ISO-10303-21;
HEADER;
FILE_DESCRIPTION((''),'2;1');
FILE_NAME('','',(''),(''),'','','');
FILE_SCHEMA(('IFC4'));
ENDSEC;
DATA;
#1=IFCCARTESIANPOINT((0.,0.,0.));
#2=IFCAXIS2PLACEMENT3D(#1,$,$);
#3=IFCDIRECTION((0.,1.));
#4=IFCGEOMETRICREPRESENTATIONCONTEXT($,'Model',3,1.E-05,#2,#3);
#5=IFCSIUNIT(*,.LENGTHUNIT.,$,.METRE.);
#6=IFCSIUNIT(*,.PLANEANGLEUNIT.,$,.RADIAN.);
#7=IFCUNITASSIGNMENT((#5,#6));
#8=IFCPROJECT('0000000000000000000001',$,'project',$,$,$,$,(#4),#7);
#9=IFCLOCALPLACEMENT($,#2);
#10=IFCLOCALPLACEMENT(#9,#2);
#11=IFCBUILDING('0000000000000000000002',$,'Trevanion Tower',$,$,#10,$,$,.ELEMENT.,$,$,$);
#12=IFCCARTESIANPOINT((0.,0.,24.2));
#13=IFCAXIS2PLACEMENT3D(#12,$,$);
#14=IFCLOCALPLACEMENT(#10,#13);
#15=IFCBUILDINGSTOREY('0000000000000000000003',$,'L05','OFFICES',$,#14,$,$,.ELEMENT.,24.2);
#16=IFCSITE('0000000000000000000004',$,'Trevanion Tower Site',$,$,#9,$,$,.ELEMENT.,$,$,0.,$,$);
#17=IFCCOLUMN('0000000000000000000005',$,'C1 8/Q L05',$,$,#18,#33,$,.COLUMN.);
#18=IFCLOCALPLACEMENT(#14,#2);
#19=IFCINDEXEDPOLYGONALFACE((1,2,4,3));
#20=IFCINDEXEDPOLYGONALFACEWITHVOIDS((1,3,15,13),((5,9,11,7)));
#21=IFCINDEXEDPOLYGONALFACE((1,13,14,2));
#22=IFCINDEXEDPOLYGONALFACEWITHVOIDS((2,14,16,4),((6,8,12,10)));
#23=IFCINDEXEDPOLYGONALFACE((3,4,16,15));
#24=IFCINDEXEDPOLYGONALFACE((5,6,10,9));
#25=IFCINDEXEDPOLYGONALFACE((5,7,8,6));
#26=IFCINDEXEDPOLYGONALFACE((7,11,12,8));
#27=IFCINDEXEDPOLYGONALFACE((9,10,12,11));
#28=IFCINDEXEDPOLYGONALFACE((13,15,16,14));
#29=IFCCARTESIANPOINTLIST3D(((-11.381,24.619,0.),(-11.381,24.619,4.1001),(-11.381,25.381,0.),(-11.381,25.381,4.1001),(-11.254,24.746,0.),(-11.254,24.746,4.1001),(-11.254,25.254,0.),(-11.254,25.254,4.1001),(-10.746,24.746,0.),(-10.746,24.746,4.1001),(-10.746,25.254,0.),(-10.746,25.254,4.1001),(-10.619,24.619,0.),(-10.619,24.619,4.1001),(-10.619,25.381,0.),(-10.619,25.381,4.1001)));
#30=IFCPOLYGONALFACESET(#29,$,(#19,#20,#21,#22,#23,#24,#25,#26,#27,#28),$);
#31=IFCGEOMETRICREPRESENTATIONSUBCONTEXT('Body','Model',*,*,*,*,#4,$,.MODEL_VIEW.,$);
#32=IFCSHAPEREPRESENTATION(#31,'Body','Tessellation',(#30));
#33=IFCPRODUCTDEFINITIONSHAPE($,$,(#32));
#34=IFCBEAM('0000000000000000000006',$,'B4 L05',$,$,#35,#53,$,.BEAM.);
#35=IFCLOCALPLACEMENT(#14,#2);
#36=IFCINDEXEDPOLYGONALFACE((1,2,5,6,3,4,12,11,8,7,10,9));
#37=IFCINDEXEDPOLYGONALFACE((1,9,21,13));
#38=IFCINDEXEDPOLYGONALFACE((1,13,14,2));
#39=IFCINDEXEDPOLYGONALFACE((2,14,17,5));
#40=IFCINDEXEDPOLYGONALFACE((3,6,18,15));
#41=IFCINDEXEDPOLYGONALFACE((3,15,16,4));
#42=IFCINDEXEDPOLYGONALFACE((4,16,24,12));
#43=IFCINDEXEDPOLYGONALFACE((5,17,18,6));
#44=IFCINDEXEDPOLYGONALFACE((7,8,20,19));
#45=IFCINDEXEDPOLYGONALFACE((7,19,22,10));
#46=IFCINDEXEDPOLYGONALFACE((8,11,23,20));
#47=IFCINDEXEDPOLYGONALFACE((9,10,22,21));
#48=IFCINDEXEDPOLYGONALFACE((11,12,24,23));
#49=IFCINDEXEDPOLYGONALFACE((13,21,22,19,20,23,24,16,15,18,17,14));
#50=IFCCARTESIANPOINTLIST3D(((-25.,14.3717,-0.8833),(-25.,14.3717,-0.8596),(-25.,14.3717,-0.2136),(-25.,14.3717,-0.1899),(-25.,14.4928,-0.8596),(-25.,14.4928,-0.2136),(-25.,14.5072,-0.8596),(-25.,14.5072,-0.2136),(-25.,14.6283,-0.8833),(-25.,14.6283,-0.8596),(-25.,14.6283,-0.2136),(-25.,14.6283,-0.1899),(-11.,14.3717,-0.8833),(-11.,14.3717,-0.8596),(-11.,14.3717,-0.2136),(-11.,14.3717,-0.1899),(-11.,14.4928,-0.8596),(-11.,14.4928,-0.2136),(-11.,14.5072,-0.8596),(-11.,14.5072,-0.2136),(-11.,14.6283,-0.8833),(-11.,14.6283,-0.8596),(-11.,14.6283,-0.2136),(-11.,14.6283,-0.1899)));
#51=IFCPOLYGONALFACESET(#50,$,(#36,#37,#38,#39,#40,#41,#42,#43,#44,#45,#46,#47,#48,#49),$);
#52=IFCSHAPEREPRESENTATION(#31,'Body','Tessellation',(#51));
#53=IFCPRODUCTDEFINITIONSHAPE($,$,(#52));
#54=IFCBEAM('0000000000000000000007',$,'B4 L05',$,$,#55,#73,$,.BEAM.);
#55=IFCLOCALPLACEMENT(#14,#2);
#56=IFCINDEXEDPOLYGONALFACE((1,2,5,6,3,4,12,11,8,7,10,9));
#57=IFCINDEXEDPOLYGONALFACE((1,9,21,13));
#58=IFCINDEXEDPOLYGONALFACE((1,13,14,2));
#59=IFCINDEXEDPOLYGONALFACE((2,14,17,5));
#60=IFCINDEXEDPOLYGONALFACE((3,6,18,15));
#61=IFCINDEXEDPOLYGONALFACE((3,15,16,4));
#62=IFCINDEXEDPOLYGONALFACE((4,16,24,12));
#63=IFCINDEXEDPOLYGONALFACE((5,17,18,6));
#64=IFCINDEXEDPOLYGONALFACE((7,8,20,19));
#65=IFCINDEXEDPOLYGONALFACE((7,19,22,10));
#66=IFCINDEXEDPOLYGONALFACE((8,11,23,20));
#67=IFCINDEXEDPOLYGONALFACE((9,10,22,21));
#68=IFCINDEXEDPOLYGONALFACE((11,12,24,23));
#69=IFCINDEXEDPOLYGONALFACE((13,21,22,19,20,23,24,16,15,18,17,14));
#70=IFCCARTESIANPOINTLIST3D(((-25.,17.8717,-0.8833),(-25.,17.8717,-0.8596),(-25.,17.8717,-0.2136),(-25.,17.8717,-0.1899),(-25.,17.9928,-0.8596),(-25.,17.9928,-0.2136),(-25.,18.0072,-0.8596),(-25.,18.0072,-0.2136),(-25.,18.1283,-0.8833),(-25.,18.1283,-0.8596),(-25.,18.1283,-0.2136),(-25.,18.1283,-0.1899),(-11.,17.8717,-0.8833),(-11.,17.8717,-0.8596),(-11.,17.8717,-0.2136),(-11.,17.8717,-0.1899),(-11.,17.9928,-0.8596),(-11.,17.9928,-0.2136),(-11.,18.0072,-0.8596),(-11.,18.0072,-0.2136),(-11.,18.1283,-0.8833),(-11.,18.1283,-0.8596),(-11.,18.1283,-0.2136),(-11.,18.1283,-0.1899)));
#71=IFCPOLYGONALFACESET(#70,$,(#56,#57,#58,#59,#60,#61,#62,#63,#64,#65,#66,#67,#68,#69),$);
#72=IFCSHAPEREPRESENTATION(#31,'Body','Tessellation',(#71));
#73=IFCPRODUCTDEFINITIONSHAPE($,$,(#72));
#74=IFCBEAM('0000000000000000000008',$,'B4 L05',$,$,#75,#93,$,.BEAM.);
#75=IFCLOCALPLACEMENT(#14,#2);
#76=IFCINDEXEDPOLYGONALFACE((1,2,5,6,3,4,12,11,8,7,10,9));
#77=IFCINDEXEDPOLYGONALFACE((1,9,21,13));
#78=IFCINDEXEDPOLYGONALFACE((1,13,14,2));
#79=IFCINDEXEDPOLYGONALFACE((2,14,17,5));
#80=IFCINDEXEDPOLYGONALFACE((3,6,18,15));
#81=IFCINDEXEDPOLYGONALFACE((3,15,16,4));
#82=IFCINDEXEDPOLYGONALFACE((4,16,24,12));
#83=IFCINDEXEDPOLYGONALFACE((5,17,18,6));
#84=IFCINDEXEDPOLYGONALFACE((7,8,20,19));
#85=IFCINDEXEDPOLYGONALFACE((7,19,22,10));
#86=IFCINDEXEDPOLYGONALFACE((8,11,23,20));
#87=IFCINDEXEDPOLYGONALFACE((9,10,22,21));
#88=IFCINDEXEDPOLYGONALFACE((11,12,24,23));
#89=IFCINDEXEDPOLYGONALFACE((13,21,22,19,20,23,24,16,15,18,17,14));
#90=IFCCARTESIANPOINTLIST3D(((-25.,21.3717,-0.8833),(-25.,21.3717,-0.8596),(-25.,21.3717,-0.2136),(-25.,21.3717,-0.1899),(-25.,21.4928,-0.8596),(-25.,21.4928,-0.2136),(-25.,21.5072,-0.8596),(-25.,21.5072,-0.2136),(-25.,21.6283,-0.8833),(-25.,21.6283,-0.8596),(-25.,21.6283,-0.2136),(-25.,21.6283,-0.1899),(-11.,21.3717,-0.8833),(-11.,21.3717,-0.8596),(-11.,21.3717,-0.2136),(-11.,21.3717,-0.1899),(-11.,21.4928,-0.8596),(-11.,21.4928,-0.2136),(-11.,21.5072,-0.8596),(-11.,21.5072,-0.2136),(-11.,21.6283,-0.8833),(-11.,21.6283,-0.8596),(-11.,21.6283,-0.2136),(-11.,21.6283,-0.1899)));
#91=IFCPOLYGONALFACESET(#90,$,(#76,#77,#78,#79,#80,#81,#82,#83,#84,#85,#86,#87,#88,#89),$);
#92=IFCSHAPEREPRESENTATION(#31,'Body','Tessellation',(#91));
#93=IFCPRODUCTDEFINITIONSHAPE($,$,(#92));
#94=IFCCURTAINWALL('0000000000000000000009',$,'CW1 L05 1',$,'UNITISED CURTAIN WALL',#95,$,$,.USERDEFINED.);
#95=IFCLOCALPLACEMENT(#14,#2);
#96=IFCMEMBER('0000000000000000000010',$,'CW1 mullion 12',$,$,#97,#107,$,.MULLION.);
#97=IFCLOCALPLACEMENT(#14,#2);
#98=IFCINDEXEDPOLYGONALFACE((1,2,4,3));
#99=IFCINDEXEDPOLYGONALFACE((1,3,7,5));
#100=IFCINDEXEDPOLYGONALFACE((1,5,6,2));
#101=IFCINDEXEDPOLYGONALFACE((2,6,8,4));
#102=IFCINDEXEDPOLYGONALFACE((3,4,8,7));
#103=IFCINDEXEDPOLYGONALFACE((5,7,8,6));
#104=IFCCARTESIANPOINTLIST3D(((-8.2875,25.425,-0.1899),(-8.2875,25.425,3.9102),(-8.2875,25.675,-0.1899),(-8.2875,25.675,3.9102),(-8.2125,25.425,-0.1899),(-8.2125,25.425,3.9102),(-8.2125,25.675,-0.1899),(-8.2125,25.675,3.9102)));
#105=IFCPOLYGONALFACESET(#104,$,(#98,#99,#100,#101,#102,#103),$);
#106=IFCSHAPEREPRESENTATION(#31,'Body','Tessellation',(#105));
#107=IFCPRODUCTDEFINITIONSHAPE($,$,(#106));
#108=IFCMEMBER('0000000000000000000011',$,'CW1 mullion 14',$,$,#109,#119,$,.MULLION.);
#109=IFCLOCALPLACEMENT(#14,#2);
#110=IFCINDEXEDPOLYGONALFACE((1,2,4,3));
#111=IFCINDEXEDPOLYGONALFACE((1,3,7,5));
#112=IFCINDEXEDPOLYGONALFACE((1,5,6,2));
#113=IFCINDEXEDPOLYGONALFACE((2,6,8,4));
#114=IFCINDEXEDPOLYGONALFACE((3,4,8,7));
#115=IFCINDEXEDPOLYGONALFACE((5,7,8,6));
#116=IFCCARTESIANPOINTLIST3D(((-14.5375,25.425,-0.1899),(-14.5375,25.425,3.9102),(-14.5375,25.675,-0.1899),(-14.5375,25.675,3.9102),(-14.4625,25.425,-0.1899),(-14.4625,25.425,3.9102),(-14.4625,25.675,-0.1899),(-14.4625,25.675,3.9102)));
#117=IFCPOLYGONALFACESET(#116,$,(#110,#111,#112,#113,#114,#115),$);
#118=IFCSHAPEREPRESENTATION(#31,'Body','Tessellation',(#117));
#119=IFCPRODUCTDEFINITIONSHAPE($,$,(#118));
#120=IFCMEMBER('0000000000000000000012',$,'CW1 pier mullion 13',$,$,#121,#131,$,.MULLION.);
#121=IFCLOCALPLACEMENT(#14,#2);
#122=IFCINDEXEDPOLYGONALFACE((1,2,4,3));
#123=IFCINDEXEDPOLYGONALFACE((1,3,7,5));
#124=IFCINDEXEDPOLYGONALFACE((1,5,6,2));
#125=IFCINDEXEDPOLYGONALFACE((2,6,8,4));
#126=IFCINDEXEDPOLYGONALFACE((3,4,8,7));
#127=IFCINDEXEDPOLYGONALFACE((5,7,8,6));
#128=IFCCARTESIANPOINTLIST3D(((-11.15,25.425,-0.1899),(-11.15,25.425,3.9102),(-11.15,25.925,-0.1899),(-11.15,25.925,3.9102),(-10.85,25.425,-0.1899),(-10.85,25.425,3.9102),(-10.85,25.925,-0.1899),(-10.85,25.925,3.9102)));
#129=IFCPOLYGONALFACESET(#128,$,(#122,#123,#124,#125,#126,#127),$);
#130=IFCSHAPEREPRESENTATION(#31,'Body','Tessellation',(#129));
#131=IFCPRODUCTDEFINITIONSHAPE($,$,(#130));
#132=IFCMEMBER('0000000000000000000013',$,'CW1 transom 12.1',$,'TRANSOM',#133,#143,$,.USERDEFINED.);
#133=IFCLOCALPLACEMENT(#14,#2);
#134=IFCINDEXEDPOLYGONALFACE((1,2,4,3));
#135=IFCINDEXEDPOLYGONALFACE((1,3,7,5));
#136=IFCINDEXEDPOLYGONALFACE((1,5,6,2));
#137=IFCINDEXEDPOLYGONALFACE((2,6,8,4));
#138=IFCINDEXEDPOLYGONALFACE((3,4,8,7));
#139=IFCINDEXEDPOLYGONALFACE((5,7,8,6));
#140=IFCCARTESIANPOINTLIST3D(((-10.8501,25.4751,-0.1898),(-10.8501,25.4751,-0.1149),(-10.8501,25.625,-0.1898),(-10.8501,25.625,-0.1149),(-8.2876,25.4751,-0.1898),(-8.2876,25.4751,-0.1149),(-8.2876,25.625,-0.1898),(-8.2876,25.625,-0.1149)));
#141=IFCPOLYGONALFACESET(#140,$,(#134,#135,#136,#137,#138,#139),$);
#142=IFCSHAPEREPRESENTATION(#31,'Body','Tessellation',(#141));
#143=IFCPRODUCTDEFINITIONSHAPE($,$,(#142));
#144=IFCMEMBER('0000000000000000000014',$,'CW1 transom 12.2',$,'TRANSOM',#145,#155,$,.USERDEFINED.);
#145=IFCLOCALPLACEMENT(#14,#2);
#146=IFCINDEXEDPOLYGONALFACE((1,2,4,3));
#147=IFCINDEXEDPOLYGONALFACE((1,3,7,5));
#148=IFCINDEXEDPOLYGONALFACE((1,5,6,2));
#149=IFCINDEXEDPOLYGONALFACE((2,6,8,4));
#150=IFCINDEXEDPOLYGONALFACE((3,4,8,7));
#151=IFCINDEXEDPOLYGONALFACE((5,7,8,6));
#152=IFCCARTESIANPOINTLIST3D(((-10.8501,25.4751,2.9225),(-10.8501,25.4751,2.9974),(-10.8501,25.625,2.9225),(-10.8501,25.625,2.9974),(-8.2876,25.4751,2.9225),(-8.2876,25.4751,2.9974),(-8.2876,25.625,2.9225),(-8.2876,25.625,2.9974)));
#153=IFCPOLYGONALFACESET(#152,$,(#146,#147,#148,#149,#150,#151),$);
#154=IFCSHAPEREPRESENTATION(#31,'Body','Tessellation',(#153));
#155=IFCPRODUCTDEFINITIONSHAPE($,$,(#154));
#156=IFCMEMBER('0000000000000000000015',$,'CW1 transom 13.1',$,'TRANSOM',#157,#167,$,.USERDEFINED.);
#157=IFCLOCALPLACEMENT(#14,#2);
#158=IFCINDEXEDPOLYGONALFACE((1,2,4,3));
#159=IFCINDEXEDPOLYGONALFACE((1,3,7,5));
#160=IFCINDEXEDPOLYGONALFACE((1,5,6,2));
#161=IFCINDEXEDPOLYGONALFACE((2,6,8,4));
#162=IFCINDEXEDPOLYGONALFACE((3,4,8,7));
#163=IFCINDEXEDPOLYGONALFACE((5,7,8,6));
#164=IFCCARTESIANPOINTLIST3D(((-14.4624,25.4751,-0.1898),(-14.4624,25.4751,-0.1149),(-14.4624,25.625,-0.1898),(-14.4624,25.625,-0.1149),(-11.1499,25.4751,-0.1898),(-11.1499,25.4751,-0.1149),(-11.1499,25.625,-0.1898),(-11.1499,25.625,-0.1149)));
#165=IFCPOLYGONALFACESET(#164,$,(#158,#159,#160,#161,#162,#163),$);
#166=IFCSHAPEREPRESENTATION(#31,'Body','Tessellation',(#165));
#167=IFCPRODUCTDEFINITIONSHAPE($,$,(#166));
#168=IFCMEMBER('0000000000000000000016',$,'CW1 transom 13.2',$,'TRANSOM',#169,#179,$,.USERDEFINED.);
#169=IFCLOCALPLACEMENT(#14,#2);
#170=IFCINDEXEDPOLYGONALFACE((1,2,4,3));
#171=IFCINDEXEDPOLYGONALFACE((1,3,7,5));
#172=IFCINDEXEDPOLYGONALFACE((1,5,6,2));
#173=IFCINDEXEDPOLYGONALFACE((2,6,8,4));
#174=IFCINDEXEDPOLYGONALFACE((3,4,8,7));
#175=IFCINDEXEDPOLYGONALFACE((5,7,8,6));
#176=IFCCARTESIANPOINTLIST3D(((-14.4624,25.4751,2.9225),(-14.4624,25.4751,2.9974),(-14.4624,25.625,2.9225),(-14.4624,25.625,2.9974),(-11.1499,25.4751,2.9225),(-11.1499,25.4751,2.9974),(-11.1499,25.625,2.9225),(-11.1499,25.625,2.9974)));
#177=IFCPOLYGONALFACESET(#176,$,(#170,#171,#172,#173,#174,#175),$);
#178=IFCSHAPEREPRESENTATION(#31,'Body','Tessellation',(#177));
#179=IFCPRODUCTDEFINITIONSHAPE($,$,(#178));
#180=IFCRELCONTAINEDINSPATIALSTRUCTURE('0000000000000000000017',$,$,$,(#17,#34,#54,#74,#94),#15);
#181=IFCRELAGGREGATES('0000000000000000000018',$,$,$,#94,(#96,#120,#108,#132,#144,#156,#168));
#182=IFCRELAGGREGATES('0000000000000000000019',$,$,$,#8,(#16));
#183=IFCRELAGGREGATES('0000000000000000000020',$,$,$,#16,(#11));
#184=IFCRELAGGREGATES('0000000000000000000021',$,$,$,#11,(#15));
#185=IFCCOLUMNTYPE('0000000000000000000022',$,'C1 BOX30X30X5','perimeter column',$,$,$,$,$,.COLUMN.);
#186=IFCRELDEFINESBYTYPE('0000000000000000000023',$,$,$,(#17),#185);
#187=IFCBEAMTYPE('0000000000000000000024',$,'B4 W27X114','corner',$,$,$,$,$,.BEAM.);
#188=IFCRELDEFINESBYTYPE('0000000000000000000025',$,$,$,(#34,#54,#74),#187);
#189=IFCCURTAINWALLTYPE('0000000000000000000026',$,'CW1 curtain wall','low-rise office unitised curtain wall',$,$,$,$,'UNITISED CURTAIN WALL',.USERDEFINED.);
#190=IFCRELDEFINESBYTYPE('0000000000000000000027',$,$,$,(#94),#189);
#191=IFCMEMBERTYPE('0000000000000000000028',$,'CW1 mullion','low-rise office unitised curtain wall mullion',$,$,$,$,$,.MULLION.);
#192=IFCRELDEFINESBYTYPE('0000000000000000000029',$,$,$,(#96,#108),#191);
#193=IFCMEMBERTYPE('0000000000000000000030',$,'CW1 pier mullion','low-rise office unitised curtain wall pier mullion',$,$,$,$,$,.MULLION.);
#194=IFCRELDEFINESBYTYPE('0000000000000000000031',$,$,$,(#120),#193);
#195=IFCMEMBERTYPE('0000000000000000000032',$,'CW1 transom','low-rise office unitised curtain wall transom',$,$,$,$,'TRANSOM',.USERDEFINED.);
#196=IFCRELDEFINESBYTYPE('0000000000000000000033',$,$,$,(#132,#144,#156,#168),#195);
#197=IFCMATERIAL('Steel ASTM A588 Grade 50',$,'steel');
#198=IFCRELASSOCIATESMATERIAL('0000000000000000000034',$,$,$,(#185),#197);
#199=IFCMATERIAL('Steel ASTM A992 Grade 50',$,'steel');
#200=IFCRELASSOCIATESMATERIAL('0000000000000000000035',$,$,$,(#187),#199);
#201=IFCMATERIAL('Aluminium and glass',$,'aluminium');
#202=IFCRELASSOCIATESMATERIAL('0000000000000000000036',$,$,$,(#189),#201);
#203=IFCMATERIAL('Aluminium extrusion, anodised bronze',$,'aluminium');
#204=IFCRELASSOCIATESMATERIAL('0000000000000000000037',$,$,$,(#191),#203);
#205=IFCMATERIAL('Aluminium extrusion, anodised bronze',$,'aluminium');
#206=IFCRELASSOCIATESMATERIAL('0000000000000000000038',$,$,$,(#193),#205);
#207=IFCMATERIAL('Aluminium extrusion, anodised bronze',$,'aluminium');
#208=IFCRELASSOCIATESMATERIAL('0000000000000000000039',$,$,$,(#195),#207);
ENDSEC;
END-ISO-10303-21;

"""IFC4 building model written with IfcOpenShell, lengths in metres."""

from ifc_helpers import new_model, si_unit, direction, frame, origin, origin_2d, place, context, subcontext, project, spatial, rectangle, hollow_rectangle, i_section, extrude, material, material_profile, profile_set, type_object, element, aggregate, save


model = new_model("IFC4")

# Units and contexts
model_context = context("Model", 3, precision=1e-05, world=origin(), true_north=direction((0.0, 1.0)))
body_context = subcontext(model_context, "Body", "Model", "MODEL_VIEW")
ifc_project = project(units=[si_unit("LENGTHUNIT", "METRE"), si_unit("PLANEANGLEUNIT", "RADIAN")], contexts=[model_context])

# Site, building, storey
site_placement = place(None, origin())
site = spatial("IfcSite", under=ifc_project, at=site_placement, Name="Trevanion Tower Site", CompositionType="ELEMENT", RefElevation=0.0)
building_placement = place(site_placement, origin())
building = spatial("IfcBuilding", under=site, at=building_placement, Name="Trevanion Tower", CompositionType="ELEMENT")
storey_placement = place(building_placement, frame((0.0, 0.0, 24.2)))
storey = spatial("IfcBuildingStorey", under=building, at=storey_placement, Name="L05", Description="OFFICES", CompositionType="ELEMENT", Elevation=24.2)

# Column
ifc_material_1 = material(Name="Steel ASTM A588 Grade 50", Category="steel")
ifc_material_profile_1 = material_profile(ifc_material_1, hollow_rectangle(XDim=0.762, YDim=0.762, WallThickness=0.127, at=origin_2d()), Name="BOX30X30X5")
ifc_profile_set_1 = profile_set([ifc_material_profile_1], Name="Steel ASTM A588 Grade 50")
column_type = type_object("IfcColumnType", Name="C1 BOX30X30X5", Description="perimeter column", PredefinedType="COLUMN", material=ifc_profile_set_1)
column_placement = place(storey_placement, frame((-11.0, 25.0, 0.0), z_axis=(0.0, 0.0, 1.0), x_axis=(1.0, 0.0, 0.0)))
element("IfcColumn", 1, at=column_placement, inside=storey, type_object=column_type, Name="C1 8/Q L05", PredefinedType="COLUMN", context=body_context, shape_type="SweptSolid", body=[
    extrude(hollow_rectangle(XDim=0.762, YDim=0.762, WallThickness=0.127, at=origin_2d()), origin(), (0.0, 0.0, 1.0), 4.1001),
])

# Beams
ifc_material_2 = material(Name="Steel ASTM A992 Grade 50", Category="steel")
ifc_material_profile_2 = material_profile(ifc_material_2, i_section(OverallWidth=0.2566, OverallDepth=0.6934, WebThickness=0.0144, FlangeThickness=0.0237, at=origin_2d()), Name="W27X114")
ifc_profile_set_2 = profile_set([ifc_material_profile_2], Name="Steel ASTM A992 Grade 50")
beam_type_1 = type_object("IfcBeamType", Name="B4 W27X114", Description="corner", PredefinedType="BEAM", material=ifc_profile_set_2)
for number, where, z_axis, x_axis, name in (
    (2, (-11.0, 14.5, -0.5366), (-1.0, 0.0, 0.0), (0.0, -1.0, 0.0), "B4 L05"),
    (3, (-11.0, 18.0, -0.5366), (-1.0, 0.0, 0.0), (0.0, -1.0, 0.0), "B4 L05"),
    (4, (-11.0, 21.5, -0.5366), (-1.0, 0.0, 0.0), (0.0, -1.0, 0.0), "B4 L05"),
):
    element("IfcBeam", number, at=place(storey_placement, frame(where, z_axis=z_axis, x_axis=x_axis)), inside=storey, type_object=beam_type_1, Name=name, PredefinedType="BEAM", context=body_context, shape_type="SweptSolid", body=[
        extrude(i_section(OverallWidth=0.2566, OverallDepth=0.6934, WebThickness=0.0144, FlangeThickness=0.0237, at=origin_2d()), origin(), (0.0, 0.0, 1.0), 14.0),
    ])

# Curtain wall, members
ifc_material_3 = material(Name="Aluminium and glass", Category="aluminium")
curtain_wall_type = type_object("IfcCurtainWallType", Name="CW1 curtain wall", Description="low-rise office unitised curtain wall", ElementType="UNITISED CURTAIN WALL", PredefinedType="USERDEFINED", material=ifc_material_3)
curtain_wall_placement = place(storey_placement, origin())
curtain_wall = element("IfcCurtainWall", 5, at=curtain_wall_placement, inside=storey, type_object=curtain_wall_type, Name="CW1 L05 1", ObjectType="UNITISED CURTAIN WALL", PredefinedType="USERDEFINED")
ifc_material_4 = material(Name="Aluminium extrusion, anodised bronze", Category="aluminium")
ifc_material_profile_3 = material_profile(ifc_material_4, rectangle(XDim=0.075, YDim=0.25, at=origin_2d()), Name="CW1 mullion")
ifc_profile_set_3 = profile_set([ifc_material_profile_3], Name="Aluminium extrusion, anodised bronze")
member_type_1 = type_object("IfcMemberType", Name="CW1 mullion", Description="low-rise office unitised curtain wall mullion", PredefinedType="MULLION", material=ifc_profile_set_3)
member_1_placement = place(storey_placement, frame((-8.25, 25.55, -0.1899), z_axis=(0.0, 0.0, 1.0), x_axis=(-1.0, 0.0, 0.0)))
member_1 = element("IfcMember", 6, at=member_1_placement, type_object=member_type_1, Name="CW1 mullion 12", PredefinedType="MULLION", context=body_context, shape_type="SweptSolid", body=[
    extrude(rectangle(XDim=0.075, YDim=0.25, at=origin_2d()), origin(), (0.0, 0.0, 1.0), 4.1001),
])
member_2_placement = place(storey_placement, frame((-14.5, 25.55, -0.1899), z_axis=(0.0, 0.0, 1.0), x_axis=(-1.0, 0.0, 0.0)))
member_2 = element("IfcMember", 7, at=member_2_placement, type_object=member_type_1, Name="CW1 mullion 14", PredefinedType="MULLION", context=body_context, shape_type="SweptSolid", body=[
    extrude(rectangle(XDim=0.075, YDim=0.25, at=origin_2d()), origin(), (0.0, 0.0, 1.0), 4.1001),
])
ifc_material_5 = material(Name="Aluminium extrusion, anodised bronze", Category="aluminium")
ifc_material_profile_4 = material_profile(ifc_material_5, rectangle(XDim=0.3, YDim=0.5, at=origin_2d()), Name="CW1 pier mullion")
ifc_profile_set_4 = profile_set([ifc_material_profile_4], Name="Aluminium extrusion, anodised bronze")
member_type_2 = type_object("IfcMemberType", Name="CW1 pier mullion", Description="low-rise office unitised curtain wall pier mullion", PredefinedType="MULLION", material=ifc_profile_set_4)
member_3_placement = place(storey_placement, frame((-11.0, 25.675, -0.1899), z_axis=(0.0, 0.0, 1.0), x_axis=(-1.0, 0.0, 0.0)))
member_3 = element("IfcMember", 8, at=member_3_placement, type_object=member_type_2, Name="CW1 pier mullion 13", PredefinedType="MULLION", context=body_context, shape_type="SweptSolid", body=[
    extrude(rectangle(XDim=0.3, YDim=0.5, at=origin_2d()), origin(), (0.0, 0.0, 1.0), 4.1001),
])
ifc_material_6 = material(Name="Aluminium extrusion, anodised bronze", Category="aluminium")
ifc_material_profile_5 = material_profile(ifc_material_6, rectangle(XDim=0.1499, YDim=0.075, at=origin_2d()), Name="CW1 transom")
ifc_profile_set_5 = profile_set([ifc_material_profile_5], Name="Aluminium extrusion, anodised bronze")
member_type_3 = type_object("IfcMemberType", Name="CW1 transom", Description="low-rise office unitised curtain wall transom", ElementType="TRANSOM", PredefinedType="USERDEFINED", material=ifc_profile_set_5)
member_4_placement = place(storey_placement, frame((-8.2876, 25.55, -0.1523), z_axis=(-1.0, 0.0, 0.0), x_axis=(0.0, -1.0, 0.0)))
member_4 = element("IfcMember", 9, at=member_4_placement, type_object=member_type_3, Name="CW1 transom 12.1", ObjectType="TRANSOM", PredefinedType="USERDEFINED", context=body_context, shape_type="SweptSolid", body=[
    extrude(rectangle(XDim=0.1499, YDim=0.075, at=origin_2d()), origin(), (0.0, 0.0, 1.0), 2.5625),
])
member_5_placement = place(storey_placement, frame((-8.2876, 25.55, 2.96), z_axis=(-1.0, 0.0, 0.0), x_axis=(0.0, -1.0, 0.0)))
member_5 = element("IfcMember", 10, at=member_5_placement, type_object=member_type_3, Name="CW1 transom 12.2", ObjectType="TRANSOM", PredefinedType="USERDEFINED", context=body_context, shape_type="SweptSolid", body=[
    extrude(rectangle(XDim=0.1499, YDim=0.075, at=origin_2d()), origin(), (0.0, 0.0, 1.0), 2.5625),
])
member_6_placement = place(storey_placement, frame((-11.1499, 25.55, -0.1523), z_axis=(-1.0, 0.0, 0.0), x_axis=(0.0, -1.0, 0.0)))
member_6 = element("IfcMember", 11, at=member_6_placement, type_object=member_type_3, Name="CW1 transom 13.1", ObjectType="TRANSOM", PredefinedType="USERDEFINED", context=body_context, shape_type="SweptSolid", body=[
    extrude(rectangle(XDim=0.1499, YDim=0.075, at=origin_2d()), origin(), (0.0, 0.0, 1.0), 3.3125),
])
member_7_placement = place(storey_placement, frame((-11.1499, 25.55, 2.96), z_axis=(-1.0, 0.0, 0.0), x_axis=(0.0, -1.0, 0.0)))
member_7 = element("IfcMember", 12, at=member_7_placement, type_object=member_type_3, Name="CW1 transom 13.2", ObjectType="TRANSOM", PredefinedType="USERDEFINED", context=body_context, shape_type="SweptSolid", body=[
    extrude(rectangle(XDim=0.1499, YDim=0.075, at=origin_2d()), origin(), (0.0, 0.0, 1.0), 3.3125),
])

aggregate(curtain_wall, [member_1, member_3, member_2, member_4, member_5, member_6, member_7])

save(model, "model.ifc")
